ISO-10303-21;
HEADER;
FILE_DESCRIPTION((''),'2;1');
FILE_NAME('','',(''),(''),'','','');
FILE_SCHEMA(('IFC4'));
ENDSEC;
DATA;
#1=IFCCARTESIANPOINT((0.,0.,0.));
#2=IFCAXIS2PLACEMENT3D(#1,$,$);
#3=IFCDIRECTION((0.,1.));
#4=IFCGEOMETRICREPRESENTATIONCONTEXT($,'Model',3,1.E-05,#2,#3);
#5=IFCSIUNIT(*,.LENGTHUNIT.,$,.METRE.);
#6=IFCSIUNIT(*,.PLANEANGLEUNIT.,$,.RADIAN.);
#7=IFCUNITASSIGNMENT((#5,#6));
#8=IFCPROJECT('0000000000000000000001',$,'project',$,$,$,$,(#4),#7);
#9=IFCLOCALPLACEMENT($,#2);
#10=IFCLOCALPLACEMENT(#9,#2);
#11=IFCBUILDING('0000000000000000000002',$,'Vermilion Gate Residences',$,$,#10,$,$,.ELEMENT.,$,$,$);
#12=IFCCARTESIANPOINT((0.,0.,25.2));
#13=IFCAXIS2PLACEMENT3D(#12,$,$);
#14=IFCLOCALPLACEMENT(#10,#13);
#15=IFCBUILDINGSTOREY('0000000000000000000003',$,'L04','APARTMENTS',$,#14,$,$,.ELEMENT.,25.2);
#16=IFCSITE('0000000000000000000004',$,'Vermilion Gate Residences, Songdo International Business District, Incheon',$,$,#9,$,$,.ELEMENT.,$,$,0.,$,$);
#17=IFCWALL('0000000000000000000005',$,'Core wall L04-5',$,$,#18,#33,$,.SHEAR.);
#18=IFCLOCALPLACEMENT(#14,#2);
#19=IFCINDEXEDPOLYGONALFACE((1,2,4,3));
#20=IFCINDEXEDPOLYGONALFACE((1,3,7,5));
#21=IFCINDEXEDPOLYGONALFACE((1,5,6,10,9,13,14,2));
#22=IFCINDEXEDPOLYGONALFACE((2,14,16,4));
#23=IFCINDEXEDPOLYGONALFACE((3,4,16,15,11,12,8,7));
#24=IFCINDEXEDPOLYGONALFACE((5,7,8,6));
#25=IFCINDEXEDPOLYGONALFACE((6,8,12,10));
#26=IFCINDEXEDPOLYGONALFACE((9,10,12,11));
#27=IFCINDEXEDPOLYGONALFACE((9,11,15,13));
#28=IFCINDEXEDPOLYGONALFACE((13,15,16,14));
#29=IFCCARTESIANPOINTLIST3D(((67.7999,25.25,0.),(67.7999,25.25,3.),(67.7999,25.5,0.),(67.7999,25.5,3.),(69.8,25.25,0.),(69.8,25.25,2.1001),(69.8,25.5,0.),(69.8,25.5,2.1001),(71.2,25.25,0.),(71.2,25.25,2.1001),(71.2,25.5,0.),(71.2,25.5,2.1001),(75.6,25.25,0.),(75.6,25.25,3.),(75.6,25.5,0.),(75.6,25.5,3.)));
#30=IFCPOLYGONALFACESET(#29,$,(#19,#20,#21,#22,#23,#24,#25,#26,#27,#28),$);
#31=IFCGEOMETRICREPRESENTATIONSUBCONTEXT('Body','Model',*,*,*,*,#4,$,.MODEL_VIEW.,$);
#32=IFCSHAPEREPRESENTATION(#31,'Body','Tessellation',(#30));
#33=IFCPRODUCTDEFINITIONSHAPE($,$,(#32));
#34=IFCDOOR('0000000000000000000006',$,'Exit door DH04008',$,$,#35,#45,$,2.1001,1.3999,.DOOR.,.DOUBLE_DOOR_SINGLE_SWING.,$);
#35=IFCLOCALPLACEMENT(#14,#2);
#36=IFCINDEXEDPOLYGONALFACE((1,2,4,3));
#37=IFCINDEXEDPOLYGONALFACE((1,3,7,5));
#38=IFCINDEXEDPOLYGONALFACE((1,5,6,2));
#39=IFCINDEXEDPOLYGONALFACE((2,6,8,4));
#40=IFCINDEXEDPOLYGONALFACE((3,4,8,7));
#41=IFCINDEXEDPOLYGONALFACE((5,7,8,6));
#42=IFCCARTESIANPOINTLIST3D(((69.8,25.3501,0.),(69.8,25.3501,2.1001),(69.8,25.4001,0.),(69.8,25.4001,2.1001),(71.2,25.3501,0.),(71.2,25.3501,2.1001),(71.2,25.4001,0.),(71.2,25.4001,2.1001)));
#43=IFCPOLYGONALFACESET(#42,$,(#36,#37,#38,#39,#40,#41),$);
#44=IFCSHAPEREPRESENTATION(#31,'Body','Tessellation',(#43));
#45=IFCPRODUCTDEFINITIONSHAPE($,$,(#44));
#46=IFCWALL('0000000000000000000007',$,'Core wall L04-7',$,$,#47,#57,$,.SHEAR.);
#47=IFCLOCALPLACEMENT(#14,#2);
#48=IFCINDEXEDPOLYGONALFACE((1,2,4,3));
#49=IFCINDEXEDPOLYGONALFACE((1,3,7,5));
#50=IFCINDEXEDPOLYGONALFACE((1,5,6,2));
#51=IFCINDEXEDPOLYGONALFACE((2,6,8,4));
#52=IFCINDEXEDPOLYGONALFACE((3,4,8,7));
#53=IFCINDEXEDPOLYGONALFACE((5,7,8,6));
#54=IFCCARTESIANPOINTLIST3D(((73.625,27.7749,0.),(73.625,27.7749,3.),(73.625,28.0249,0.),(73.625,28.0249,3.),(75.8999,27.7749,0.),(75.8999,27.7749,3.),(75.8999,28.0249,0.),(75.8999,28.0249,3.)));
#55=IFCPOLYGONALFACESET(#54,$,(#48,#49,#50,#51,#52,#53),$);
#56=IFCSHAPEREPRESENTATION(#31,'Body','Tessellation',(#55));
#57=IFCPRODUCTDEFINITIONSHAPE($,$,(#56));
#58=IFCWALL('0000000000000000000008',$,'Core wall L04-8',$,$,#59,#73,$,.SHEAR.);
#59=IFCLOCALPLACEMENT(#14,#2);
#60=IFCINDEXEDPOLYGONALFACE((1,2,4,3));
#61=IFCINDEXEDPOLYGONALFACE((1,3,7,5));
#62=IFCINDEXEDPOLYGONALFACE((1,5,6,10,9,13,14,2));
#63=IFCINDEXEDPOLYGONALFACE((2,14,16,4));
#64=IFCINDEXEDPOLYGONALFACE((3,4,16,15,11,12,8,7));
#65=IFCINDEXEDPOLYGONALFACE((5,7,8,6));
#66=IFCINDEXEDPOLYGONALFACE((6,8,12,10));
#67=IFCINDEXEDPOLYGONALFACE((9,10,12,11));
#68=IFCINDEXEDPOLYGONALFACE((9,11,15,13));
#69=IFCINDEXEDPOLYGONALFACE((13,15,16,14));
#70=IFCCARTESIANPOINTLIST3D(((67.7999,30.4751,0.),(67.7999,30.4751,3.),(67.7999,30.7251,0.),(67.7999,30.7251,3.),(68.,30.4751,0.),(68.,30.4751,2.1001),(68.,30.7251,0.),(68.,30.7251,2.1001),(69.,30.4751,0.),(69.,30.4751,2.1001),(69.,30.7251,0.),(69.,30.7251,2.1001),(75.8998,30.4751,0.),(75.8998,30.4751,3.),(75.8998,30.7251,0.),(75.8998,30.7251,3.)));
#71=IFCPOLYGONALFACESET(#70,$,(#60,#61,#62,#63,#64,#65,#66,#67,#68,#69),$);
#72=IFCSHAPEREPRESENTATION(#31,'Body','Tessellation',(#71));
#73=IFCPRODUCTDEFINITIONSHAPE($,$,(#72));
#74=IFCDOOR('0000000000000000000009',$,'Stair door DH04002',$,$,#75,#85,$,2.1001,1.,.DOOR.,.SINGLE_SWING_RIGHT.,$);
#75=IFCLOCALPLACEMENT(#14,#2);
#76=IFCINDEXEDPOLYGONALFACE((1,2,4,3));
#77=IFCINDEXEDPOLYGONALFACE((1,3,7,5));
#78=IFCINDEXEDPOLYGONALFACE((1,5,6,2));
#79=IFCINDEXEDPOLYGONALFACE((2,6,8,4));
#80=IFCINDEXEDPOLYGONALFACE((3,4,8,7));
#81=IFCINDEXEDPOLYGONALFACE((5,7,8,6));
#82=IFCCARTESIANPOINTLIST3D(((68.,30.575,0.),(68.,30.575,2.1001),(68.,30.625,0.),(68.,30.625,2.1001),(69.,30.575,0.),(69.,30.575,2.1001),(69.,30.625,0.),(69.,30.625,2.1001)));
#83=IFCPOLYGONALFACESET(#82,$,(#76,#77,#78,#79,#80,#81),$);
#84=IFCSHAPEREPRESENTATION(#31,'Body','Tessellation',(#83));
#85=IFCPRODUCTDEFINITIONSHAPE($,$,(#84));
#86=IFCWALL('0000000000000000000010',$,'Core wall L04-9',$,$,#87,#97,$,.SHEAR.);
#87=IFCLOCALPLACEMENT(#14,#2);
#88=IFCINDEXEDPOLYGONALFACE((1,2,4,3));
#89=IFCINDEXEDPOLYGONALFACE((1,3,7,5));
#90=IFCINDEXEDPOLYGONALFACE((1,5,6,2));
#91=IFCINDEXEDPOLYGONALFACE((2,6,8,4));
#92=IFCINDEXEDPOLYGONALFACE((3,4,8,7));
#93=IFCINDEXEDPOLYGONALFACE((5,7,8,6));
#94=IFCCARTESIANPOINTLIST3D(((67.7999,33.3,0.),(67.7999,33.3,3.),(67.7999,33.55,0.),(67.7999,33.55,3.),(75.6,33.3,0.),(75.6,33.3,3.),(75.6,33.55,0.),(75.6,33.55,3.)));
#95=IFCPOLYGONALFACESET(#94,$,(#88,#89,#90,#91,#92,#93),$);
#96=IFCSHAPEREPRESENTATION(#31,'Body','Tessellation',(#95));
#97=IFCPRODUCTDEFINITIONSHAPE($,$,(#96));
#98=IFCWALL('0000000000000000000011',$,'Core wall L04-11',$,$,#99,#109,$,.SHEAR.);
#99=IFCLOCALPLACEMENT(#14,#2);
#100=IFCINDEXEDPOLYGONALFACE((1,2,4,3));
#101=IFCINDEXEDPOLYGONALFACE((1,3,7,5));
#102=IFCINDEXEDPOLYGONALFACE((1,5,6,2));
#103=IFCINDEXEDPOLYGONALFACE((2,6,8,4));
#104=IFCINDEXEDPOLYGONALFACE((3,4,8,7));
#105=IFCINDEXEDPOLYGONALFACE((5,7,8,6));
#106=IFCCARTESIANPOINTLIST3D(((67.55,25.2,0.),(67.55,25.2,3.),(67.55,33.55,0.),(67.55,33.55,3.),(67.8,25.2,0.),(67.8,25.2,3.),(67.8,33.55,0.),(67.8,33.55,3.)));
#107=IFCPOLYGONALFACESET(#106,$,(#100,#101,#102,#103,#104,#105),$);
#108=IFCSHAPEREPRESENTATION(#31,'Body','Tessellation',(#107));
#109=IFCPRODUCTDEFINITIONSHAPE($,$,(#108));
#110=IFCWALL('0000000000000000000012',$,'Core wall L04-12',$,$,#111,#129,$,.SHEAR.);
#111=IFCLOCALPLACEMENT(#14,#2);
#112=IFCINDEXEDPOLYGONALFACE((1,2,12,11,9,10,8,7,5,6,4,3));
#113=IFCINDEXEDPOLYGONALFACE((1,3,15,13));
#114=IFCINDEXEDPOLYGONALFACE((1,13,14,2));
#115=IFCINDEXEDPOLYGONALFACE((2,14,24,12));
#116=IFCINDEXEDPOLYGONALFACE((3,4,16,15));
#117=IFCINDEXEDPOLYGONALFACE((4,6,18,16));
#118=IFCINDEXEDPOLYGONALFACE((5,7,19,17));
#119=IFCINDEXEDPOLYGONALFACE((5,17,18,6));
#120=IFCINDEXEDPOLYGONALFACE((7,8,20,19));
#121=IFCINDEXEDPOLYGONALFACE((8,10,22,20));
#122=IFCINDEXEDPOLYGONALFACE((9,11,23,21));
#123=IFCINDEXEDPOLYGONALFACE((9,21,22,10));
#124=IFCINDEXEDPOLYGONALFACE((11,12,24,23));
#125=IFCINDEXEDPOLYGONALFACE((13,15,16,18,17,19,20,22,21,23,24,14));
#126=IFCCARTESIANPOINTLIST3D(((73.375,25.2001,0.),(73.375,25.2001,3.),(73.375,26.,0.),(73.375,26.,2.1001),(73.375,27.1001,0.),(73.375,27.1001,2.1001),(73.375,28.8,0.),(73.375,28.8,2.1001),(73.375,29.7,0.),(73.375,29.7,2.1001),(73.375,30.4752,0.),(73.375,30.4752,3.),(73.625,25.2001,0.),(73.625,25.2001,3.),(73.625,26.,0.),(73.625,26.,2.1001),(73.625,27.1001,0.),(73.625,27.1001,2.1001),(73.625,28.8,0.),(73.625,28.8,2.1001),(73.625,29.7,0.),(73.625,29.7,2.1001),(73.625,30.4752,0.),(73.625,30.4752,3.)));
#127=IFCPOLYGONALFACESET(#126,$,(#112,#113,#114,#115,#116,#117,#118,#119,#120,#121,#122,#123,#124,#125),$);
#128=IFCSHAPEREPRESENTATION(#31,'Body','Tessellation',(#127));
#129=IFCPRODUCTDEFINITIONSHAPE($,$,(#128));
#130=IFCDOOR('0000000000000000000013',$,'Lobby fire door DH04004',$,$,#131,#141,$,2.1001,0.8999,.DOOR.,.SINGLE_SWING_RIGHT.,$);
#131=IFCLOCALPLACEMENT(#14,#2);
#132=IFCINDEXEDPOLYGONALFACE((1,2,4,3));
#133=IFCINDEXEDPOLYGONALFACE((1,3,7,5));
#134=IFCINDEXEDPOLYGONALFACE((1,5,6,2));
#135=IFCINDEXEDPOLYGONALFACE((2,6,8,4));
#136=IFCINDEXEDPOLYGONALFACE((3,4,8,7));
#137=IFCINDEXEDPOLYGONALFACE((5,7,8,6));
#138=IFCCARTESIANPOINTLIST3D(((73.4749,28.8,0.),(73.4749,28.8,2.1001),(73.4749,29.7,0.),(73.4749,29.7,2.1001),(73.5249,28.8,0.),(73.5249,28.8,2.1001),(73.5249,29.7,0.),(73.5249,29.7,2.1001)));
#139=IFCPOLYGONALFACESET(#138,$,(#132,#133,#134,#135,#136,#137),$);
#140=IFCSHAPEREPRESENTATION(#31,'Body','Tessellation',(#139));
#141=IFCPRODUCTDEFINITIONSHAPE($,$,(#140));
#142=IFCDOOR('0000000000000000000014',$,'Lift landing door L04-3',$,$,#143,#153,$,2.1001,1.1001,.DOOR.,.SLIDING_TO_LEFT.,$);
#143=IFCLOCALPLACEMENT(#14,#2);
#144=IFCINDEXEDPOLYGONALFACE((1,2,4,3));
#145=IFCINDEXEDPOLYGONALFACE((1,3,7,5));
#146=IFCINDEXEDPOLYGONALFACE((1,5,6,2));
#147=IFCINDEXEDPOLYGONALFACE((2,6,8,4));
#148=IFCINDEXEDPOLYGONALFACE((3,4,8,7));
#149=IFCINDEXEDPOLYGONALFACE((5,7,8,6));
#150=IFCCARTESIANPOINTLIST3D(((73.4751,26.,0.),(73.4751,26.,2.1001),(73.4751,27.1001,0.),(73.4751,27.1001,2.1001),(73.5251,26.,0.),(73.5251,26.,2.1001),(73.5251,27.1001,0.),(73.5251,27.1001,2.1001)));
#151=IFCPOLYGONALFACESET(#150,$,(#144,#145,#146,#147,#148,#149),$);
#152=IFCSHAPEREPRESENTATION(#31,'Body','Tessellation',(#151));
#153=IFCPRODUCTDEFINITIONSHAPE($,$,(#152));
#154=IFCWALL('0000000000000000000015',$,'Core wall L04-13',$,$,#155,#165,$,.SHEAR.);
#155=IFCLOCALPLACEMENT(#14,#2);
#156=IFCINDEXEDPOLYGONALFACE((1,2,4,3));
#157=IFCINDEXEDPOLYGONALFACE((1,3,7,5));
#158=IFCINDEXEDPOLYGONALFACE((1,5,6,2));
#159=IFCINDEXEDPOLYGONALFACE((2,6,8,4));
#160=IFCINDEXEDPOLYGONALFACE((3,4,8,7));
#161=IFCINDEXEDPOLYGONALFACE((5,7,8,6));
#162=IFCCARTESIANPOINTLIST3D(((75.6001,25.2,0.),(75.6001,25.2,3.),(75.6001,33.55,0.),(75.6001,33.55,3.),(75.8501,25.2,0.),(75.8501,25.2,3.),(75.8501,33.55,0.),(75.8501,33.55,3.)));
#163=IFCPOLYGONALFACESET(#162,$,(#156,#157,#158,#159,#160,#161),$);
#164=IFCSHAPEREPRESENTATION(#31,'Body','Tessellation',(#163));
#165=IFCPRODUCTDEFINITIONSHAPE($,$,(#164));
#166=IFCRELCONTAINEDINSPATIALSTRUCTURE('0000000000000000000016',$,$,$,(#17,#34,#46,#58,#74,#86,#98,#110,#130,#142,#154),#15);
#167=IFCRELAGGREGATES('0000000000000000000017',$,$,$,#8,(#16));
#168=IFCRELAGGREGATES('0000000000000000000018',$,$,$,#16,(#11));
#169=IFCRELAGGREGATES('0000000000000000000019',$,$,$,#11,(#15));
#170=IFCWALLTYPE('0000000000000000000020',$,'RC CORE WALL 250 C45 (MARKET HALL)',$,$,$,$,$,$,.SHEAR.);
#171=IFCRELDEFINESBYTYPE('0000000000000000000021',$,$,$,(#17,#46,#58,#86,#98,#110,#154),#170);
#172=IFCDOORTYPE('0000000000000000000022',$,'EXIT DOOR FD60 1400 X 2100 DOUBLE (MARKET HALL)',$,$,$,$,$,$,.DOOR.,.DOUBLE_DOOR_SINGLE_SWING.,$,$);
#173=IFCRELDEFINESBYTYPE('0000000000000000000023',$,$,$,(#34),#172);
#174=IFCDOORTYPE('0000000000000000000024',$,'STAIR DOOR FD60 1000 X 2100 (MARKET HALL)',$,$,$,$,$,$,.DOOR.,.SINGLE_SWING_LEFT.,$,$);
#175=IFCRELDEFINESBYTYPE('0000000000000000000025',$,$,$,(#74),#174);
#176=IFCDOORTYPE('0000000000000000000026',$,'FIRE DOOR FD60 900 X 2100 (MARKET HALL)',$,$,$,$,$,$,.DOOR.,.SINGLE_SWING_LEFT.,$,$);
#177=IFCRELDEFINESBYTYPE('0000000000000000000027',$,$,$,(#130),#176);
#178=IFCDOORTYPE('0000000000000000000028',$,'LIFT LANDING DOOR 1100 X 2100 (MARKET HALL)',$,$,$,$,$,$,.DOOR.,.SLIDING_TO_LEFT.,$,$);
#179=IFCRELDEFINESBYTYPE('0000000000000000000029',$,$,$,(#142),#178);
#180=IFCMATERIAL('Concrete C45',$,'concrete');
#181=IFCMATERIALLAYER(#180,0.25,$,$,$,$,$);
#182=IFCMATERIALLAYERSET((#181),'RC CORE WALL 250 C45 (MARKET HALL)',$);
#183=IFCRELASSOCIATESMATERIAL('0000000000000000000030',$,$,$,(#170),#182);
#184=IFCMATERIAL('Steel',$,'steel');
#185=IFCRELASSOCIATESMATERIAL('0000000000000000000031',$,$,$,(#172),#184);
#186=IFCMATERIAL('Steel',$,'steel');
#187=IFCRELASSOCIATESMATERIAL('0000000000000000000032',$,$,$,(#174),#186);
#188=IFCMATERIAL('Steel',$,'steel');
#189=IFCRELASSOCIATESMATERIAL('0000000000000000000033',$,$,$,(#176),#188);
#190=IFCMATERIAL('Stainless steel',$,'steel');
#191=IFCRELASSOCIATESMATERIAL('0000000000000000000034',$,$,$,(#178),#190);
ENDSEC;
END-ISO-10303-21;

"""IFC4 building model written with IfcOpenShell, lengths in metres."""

from ifc_helpers import new_model, si_unit, direction, frame, frame_2d, origin, place, context, subcontext, project, spatial, rectangle, extrude, material, layer, layer_set, type_object, element, fill, save


model = new_model("IFC4")

# Units and contexts
model_context = context("Model", 3, precision=1e-05, world=origin(), true_north=direction((0.0, 1.0)))
body_context = subcontext(model_context, "Body", "Model", "MODEL_VIEW")
ifc_project = project(units=[si_unit("LENGTHUNIT", "METRE"), si_unit("PLANEANGLEUNIT", "RADIAN")], contexts=[model_context])

# Site, building, storey
site_placement = place(None, origin())
site = spatial("IfcSite", under=ifc_project, at=site_placement, Name="Vermilion Gate Residences, Songdo International Business District, Incheon", CompositionType="ELEMENT", RefElevation=0.0)
building_placement = place(site_placement, origin())
building = spatial("IfcBuilding", under=site, at=building_placement, Name="Vermilion Gate Residences", CompositionType="ELEMENT")
storey_placement = place(building_placement, frame((0.0, 0.0, 25.2)))
storey = spatial("IfcBuildingStorey", under=building, at=storey_placement, Name="L04", Description="APARTMENTS", CompositionType="ELEMENT", Elevation=25.2)

# Wall, opening, door
ifc_material_1 = material(Name="Concrete C45", Category="concrete")
ifc_layer_1 = layer(ifc_material_1, 0.25)
ifc_layer_set_1 = layer_set([ifc_layer_1], Name="RC CORE WALL 250 C45 (MARKET HALL)")
wall_type = type_object("IfcWallType", Name="RC CORE WALL 250 C45 (MARKET HALL)", PredefinedType="SHEAR", material=ifc_layer_set_1)
wall_1_placement = place(storey_placement, frame((67.8, 25.375, 0.0), z_axis=(0.0, 0.0, 1.0), x_axis=(1.0, 0.0, 0.0)))
wall_1 = element("IfcWall", 1, at=wall_1_placement, inside=storey, type_object=wall_type, Name="Core wall L04-5", PredefinedType="SHEAR", context=body_context, shape_type="SweptSolid", body=[
    extrude(rectangle(XDim=7.8, YDim=0.25, at=frame_2d((3.8999, 0.0))), origin(), (0.0, 0.0, 1.0), 3.0),
])
opening_1_placement = place(wall_1_placement, frame((2.0, 0.0, 0.0)))
opening_1 = element("IfcOpeningElement", 2, at=opening_1_placement, cuts=wall_1, PredefinedType="OPENING", context=body_context, shape_type="SweptSolid", body=[
    extrude(rectangle(XDim=1.3999, YDim=2.1001, at=frame_2d((0.7, 1.05))), frame((0.0, 0.135, 0.0), z_axis=(0.0, -1.0, 0.0), x_axis=(1.0, 0.0, 0.0)), (0.0, 0.0, 1.0), 0.27),
])
ifc_material_2 = material(Name="Steel", Category="steel")
door_type_1 = type_object("IfcDoorType", Name="EXIT DOOR FD60 1400 X 2100 DOUBLE (MARKET HALL)", OperationType="DOUBLE_DOOR_SINGLE_SWING", PredefinedType="DOOR", material=ifc_material_2)
door_1_placement = place(opening_1_placement, frame((1.3999, 0.0, 0.0), z_axis=(0.0, 0.0, 1.0), x_axis=(-1.0, 0.0, 0.0)))
door_1 = element("IfcDoor", 3, at=door_1_placement, inside=storey, type_object=door_type_1, Name="Exit door DH04008", OperationType="DOUBLE_DOOR_SINGLE_SWING", OverallHeight=2.1001, OverallWidth=1.3999, PredefinedType="DOOR", context=body_context, shape_type="SweptSolid", body=[
    extrude(rectangle(XDim=1.3999, YDim=2.1001, at=frame_2d((0.7, 1.05))), frame((0.0, 0.0249, 0.0), z_axis=(0.0, -1.0, 0.0), x_axis=(1.0, 0.0, 0.0)), (0.0, 0.0, 1.0), 0.05),
])
fill(opening_1, door_1)

# Wall
wall_2_placement = place(storey_placement, frame((73.625, 27.8999, 0.0), z_axis=(0.0, 0.0, 1.0), x_axis=(1.0, 0.0, 0.0)))
element("IfcWall", 4, at=wall_2_placement, inside=storey, type_object=wall_type, Name="Core wall L04-7", PredefinedType="SHEAR", context=body_context, shape_type="SweptSolid", body=[
    extrude(rectangle(XDim=2.2749, YDim=0.25, at=frame_2d((1.1375, 0.0))), origin(), (0.0, 0.0, 1.0), 3.0),
])

# Wall, opening, door
wall_3_placement = place(storey_placement, frame((67.8, 30.6001, 0.0), z_axis=(0.0, 0.0, 1.0), x_axis=(1.0, 0.0, 0.0)))
wall_3 = element("IfcWall", 5, at=wall_3_placement, inside=storey, type_object=wall_type, Name="Core wall L04-8", PredefinedType="SHEAR", context=body_context, shape_type="SweptSolid", body=[
    extrude(rectangle(XDim=8.0999, YDim=0.25, at=frame_2d((4.0498, 0.0))), origin(), (0.0, 0.0, 1.0), 3.0),
])
opening_2_placement = place(wall_3_placement, frame((0.2, 0.0, 0.0)))
opening_2 = element("IfcOpeningElement", 6, at=opening_2_placement, cuts=wall_3, PredefinedType="OPENING", context=body_context, shape_type="SweptSolid", body=[
    extrude(rectangle(XDim=1.0, YDim=2.1001, at=frame_2d((0.5, 1.05))), frame((0.0, 0.135, 0.0), z_axis=(0.0, -1.0, 0.0), x_axis=(1.0, 0.0, 0.0)), (0.0, 0.0, 1.0), 0.27),
])
ifc_material_3 = material(Name="Steel", Category="steel")
door_type_2 = type_object("IfcDoorType", Name="STAIR DOOR FD60 1000 X 2100 (MARKET HALL)", OperationType="SINGLE_SWING_LEFT", PredefinedType="DOOR", material=ifc_material_3)
door_2_placement = place(opening_2_placement, origin())
door_2 = element("IfcDoor", 7, at=door_2_placement, inside=storey, type_object=door_type_2, Name="Stair door DH04002", OperationType="SINGLE_SWING_RIGHT", OverallHeight=2.1001, OverallWidth=1.0, PredefinedType="DOOR", context=body_context, shape_type="SweptSolid", body=[
    extrude(rectangle(XDim=1.0, YDim=2.1001, at=frame_2d((0.5, 1.05))), frame((0.0, 0.0249, 0.0), z_axis=(0.0, -1.0, 0.0), x_axis=(1.0, 0.0, 0.0)), (0.0, 0.0, 1.0), 0.05),
])
fill(opening_2, door_2)

# Walls
wall_4_placement = place(storey_placement, frame((67.8, 33.425, 0.0), z_axis=(0.0, 0.0, 1.0), x_axis=(1.0, 0.0, 0.0)))
element("IfcWall", 8, at=wall_4_placement, inside=storey, type_object=wall_type, Name="Core wall L04-9", PredefinedType="SHEAR", context=body_context, shape_type="SweptSolid", body=[
    extrude(rectangle(XDim=7.8, YDim=0.25, at=frame_2d((3.8999, 0.0))), origin(), (0.0, 0.0, 1.0), 3.0),
])
wall_5_placement = place(storey_placement, frame((67.675, 25.2, 0.0), z_axis=(0.0, 0.0, 1.0), x_axis=(0.0, 1.0, 0.0)))
element("IfcWall", 9, at=wall_5_placement, inside=storey, type_object=wall_type, Name="Core wall L04-11", PredefinedType="SHEAR", context=body_context, shape_type="SweptSolid", body=[
    extrude(rectangle(XDim=8.3501, YDim=0.25, at=frame_2d((4.175, 0.0))), origin(), (0.0, 0.0, 1.0), 3.0),
])

# Wall, openings, doors
wall_6_placement = place(storey_placement, frame((73.5, 25.2, 0.0), z_axis=(0.0, 0.0, 1.0), x_axis=(0.0, 1.0, 0.0)))
wall_6 = element("IfcWall", 10, at=wall_6_placement, inside=storey, type_object=wall_type, Name="Core wall L04-12", PredefinedType="SHEAR", context=body_context, shape_type="SweptSolid", body=[
    extrude(rectangle(XDim=5.2751, YDim=0.25, at=frame_2d((2.6377, 0.0))), origin(), (0.0, 0.0, 1.0), 3.0),
])
opening_3_placement = place(wall_6_placement, frame((0.8, 0.0, 0.0)))
opening_3 = element("IfcOpeningElement", 11, at=opening_3_placement, cuts=wall_6, PredefinedType="OPENING", context=body_context, shape_type="SweptSolid", body=[
    extrude(rectangle(XDim=1.1001, YDim=2.1001, at=frame_2d((0.55, 1.05))), frame((0.0, 0.135, 0.0), z_axis=(0.0, -1.0, 0.0), x_axis=(1.0, 0.0, 0.0)), (0.0, 0.0, 1.0), 0.27),
])
opening_4_placement = place(wall_6_placement, frame((3.6001, 0.0, 0.0)))
opening_4 = element("IfcOpeningElement", 12, at=opening_4_placement, cuts=wall_6, PredefinedType="OPENING", context=body_context, shape_type="SweptSolid", body=[
    extrude(rectangle(XDim=0.8999, YDim=2.1001, at=frame_2d((0.45, 1.05))), frame((0.0, 0.135, 0.0), z_axis=(0.0, -1.0, 0.0), x_axis=(1.0, 0.0, 0.0)), (0.0, 0.0, 1.0), 0.27),
])
ifc_material_4 = material(Name="Steel", Category="steel")
door_type_3 = type_object("IfcDoorType", Name="FIRE DOOR FD60 900 X 2100 (MARKET HALL)", OperationType="SINGLE_SWING_LEFT", PredefinedType="DOOR", material=ifc_material_4)
door_3_placement = place(opening_4_placement, frame((0.8999, 0.0, 0.0), z_axis=(0.0, 0.0, 1.0), x_axis=(-1.0, 0.0, 0.0)))
door_3 = element("IfcDoor", 13, at=door_3_placement, inside=storey, type_object=door_type_3, Name="Lobby fire door DH04004", OperationType="SINGLE_SWING_RIGHT", OverallHeight=2.1001, OverallWidth=0.8999, PredefinedType="DOOR", context=body_context, shape_type="SweptSolid", body=[
    extrude(rectangle(XDim=0.8999, YDim=2.1001, at=frame_2d((0.45, 1.05))), frame((0.0, 0.0249, 0.0), z_axis=(0.0, -1.0, 0.0), x_axis=(1.0, 0.0, 0.0)), (0.0, 0.0, 1.0), 0.05),
])
fill(opening_4, door_3)
ifc_material_5 = material(Name="Stainless steel", Category="steel")
door_type_4 = type_object("IfcDoorType", Name="LIFT LANDING DOOR 1100 X 2100 (MARKET HALL)", OperationType="SLIDING_TO_LEFT", PredefinedType="DOOR", material=ifc_material_5)
door_4_placement = place(opening_3_placement, origin())
door_4 = element("IfcDoor", 14, at=door_4_placement, inside=storey, type_object=door_type_4, Name="Lift landing door L04-3", OperationType="SLIDING_TO_LEFT", OverallHeight=2.1001, OverallWidth=1.1001, PredefinedType="DOOR", context=body_context, shape_type="SweptSolid", body=[
    extrude(rectangle(XDim=1.1001, YDim=2.1001, at=frame_2d((0.55, 1.05))), frame((0.0, 0.0249, 0.0), z_axis=(0.0, -1.0, 0.0), x_axis=(1.0, 0.0, 0.0)), (0.0, 0.0, 1.0), 0.05),
])
fill(opening_3, door_4)

# Wall
wall_7_placement = place(storey_placement, frame((75.7251, 25.2, 0.0), z_axis=(0.0, 0.0, 1.0), x_axis=(0.0, 1.0, 0.0)))
element("IfcWall", 15, at=wall_7_placement, inside=storey, type_object=wall_type, Name="Core wall L04-13", PredefinedType="SHEAR", context=body_context, shape_type="SweptSolid", body=[
    extrude(rectangle(XDim=8.3501, YDim=0.25, at=frame_2d((4.175, 0.0))), origin(), (0.0, 0.0, 1.0), 3.0),
])

save(model, "model.ifc")
